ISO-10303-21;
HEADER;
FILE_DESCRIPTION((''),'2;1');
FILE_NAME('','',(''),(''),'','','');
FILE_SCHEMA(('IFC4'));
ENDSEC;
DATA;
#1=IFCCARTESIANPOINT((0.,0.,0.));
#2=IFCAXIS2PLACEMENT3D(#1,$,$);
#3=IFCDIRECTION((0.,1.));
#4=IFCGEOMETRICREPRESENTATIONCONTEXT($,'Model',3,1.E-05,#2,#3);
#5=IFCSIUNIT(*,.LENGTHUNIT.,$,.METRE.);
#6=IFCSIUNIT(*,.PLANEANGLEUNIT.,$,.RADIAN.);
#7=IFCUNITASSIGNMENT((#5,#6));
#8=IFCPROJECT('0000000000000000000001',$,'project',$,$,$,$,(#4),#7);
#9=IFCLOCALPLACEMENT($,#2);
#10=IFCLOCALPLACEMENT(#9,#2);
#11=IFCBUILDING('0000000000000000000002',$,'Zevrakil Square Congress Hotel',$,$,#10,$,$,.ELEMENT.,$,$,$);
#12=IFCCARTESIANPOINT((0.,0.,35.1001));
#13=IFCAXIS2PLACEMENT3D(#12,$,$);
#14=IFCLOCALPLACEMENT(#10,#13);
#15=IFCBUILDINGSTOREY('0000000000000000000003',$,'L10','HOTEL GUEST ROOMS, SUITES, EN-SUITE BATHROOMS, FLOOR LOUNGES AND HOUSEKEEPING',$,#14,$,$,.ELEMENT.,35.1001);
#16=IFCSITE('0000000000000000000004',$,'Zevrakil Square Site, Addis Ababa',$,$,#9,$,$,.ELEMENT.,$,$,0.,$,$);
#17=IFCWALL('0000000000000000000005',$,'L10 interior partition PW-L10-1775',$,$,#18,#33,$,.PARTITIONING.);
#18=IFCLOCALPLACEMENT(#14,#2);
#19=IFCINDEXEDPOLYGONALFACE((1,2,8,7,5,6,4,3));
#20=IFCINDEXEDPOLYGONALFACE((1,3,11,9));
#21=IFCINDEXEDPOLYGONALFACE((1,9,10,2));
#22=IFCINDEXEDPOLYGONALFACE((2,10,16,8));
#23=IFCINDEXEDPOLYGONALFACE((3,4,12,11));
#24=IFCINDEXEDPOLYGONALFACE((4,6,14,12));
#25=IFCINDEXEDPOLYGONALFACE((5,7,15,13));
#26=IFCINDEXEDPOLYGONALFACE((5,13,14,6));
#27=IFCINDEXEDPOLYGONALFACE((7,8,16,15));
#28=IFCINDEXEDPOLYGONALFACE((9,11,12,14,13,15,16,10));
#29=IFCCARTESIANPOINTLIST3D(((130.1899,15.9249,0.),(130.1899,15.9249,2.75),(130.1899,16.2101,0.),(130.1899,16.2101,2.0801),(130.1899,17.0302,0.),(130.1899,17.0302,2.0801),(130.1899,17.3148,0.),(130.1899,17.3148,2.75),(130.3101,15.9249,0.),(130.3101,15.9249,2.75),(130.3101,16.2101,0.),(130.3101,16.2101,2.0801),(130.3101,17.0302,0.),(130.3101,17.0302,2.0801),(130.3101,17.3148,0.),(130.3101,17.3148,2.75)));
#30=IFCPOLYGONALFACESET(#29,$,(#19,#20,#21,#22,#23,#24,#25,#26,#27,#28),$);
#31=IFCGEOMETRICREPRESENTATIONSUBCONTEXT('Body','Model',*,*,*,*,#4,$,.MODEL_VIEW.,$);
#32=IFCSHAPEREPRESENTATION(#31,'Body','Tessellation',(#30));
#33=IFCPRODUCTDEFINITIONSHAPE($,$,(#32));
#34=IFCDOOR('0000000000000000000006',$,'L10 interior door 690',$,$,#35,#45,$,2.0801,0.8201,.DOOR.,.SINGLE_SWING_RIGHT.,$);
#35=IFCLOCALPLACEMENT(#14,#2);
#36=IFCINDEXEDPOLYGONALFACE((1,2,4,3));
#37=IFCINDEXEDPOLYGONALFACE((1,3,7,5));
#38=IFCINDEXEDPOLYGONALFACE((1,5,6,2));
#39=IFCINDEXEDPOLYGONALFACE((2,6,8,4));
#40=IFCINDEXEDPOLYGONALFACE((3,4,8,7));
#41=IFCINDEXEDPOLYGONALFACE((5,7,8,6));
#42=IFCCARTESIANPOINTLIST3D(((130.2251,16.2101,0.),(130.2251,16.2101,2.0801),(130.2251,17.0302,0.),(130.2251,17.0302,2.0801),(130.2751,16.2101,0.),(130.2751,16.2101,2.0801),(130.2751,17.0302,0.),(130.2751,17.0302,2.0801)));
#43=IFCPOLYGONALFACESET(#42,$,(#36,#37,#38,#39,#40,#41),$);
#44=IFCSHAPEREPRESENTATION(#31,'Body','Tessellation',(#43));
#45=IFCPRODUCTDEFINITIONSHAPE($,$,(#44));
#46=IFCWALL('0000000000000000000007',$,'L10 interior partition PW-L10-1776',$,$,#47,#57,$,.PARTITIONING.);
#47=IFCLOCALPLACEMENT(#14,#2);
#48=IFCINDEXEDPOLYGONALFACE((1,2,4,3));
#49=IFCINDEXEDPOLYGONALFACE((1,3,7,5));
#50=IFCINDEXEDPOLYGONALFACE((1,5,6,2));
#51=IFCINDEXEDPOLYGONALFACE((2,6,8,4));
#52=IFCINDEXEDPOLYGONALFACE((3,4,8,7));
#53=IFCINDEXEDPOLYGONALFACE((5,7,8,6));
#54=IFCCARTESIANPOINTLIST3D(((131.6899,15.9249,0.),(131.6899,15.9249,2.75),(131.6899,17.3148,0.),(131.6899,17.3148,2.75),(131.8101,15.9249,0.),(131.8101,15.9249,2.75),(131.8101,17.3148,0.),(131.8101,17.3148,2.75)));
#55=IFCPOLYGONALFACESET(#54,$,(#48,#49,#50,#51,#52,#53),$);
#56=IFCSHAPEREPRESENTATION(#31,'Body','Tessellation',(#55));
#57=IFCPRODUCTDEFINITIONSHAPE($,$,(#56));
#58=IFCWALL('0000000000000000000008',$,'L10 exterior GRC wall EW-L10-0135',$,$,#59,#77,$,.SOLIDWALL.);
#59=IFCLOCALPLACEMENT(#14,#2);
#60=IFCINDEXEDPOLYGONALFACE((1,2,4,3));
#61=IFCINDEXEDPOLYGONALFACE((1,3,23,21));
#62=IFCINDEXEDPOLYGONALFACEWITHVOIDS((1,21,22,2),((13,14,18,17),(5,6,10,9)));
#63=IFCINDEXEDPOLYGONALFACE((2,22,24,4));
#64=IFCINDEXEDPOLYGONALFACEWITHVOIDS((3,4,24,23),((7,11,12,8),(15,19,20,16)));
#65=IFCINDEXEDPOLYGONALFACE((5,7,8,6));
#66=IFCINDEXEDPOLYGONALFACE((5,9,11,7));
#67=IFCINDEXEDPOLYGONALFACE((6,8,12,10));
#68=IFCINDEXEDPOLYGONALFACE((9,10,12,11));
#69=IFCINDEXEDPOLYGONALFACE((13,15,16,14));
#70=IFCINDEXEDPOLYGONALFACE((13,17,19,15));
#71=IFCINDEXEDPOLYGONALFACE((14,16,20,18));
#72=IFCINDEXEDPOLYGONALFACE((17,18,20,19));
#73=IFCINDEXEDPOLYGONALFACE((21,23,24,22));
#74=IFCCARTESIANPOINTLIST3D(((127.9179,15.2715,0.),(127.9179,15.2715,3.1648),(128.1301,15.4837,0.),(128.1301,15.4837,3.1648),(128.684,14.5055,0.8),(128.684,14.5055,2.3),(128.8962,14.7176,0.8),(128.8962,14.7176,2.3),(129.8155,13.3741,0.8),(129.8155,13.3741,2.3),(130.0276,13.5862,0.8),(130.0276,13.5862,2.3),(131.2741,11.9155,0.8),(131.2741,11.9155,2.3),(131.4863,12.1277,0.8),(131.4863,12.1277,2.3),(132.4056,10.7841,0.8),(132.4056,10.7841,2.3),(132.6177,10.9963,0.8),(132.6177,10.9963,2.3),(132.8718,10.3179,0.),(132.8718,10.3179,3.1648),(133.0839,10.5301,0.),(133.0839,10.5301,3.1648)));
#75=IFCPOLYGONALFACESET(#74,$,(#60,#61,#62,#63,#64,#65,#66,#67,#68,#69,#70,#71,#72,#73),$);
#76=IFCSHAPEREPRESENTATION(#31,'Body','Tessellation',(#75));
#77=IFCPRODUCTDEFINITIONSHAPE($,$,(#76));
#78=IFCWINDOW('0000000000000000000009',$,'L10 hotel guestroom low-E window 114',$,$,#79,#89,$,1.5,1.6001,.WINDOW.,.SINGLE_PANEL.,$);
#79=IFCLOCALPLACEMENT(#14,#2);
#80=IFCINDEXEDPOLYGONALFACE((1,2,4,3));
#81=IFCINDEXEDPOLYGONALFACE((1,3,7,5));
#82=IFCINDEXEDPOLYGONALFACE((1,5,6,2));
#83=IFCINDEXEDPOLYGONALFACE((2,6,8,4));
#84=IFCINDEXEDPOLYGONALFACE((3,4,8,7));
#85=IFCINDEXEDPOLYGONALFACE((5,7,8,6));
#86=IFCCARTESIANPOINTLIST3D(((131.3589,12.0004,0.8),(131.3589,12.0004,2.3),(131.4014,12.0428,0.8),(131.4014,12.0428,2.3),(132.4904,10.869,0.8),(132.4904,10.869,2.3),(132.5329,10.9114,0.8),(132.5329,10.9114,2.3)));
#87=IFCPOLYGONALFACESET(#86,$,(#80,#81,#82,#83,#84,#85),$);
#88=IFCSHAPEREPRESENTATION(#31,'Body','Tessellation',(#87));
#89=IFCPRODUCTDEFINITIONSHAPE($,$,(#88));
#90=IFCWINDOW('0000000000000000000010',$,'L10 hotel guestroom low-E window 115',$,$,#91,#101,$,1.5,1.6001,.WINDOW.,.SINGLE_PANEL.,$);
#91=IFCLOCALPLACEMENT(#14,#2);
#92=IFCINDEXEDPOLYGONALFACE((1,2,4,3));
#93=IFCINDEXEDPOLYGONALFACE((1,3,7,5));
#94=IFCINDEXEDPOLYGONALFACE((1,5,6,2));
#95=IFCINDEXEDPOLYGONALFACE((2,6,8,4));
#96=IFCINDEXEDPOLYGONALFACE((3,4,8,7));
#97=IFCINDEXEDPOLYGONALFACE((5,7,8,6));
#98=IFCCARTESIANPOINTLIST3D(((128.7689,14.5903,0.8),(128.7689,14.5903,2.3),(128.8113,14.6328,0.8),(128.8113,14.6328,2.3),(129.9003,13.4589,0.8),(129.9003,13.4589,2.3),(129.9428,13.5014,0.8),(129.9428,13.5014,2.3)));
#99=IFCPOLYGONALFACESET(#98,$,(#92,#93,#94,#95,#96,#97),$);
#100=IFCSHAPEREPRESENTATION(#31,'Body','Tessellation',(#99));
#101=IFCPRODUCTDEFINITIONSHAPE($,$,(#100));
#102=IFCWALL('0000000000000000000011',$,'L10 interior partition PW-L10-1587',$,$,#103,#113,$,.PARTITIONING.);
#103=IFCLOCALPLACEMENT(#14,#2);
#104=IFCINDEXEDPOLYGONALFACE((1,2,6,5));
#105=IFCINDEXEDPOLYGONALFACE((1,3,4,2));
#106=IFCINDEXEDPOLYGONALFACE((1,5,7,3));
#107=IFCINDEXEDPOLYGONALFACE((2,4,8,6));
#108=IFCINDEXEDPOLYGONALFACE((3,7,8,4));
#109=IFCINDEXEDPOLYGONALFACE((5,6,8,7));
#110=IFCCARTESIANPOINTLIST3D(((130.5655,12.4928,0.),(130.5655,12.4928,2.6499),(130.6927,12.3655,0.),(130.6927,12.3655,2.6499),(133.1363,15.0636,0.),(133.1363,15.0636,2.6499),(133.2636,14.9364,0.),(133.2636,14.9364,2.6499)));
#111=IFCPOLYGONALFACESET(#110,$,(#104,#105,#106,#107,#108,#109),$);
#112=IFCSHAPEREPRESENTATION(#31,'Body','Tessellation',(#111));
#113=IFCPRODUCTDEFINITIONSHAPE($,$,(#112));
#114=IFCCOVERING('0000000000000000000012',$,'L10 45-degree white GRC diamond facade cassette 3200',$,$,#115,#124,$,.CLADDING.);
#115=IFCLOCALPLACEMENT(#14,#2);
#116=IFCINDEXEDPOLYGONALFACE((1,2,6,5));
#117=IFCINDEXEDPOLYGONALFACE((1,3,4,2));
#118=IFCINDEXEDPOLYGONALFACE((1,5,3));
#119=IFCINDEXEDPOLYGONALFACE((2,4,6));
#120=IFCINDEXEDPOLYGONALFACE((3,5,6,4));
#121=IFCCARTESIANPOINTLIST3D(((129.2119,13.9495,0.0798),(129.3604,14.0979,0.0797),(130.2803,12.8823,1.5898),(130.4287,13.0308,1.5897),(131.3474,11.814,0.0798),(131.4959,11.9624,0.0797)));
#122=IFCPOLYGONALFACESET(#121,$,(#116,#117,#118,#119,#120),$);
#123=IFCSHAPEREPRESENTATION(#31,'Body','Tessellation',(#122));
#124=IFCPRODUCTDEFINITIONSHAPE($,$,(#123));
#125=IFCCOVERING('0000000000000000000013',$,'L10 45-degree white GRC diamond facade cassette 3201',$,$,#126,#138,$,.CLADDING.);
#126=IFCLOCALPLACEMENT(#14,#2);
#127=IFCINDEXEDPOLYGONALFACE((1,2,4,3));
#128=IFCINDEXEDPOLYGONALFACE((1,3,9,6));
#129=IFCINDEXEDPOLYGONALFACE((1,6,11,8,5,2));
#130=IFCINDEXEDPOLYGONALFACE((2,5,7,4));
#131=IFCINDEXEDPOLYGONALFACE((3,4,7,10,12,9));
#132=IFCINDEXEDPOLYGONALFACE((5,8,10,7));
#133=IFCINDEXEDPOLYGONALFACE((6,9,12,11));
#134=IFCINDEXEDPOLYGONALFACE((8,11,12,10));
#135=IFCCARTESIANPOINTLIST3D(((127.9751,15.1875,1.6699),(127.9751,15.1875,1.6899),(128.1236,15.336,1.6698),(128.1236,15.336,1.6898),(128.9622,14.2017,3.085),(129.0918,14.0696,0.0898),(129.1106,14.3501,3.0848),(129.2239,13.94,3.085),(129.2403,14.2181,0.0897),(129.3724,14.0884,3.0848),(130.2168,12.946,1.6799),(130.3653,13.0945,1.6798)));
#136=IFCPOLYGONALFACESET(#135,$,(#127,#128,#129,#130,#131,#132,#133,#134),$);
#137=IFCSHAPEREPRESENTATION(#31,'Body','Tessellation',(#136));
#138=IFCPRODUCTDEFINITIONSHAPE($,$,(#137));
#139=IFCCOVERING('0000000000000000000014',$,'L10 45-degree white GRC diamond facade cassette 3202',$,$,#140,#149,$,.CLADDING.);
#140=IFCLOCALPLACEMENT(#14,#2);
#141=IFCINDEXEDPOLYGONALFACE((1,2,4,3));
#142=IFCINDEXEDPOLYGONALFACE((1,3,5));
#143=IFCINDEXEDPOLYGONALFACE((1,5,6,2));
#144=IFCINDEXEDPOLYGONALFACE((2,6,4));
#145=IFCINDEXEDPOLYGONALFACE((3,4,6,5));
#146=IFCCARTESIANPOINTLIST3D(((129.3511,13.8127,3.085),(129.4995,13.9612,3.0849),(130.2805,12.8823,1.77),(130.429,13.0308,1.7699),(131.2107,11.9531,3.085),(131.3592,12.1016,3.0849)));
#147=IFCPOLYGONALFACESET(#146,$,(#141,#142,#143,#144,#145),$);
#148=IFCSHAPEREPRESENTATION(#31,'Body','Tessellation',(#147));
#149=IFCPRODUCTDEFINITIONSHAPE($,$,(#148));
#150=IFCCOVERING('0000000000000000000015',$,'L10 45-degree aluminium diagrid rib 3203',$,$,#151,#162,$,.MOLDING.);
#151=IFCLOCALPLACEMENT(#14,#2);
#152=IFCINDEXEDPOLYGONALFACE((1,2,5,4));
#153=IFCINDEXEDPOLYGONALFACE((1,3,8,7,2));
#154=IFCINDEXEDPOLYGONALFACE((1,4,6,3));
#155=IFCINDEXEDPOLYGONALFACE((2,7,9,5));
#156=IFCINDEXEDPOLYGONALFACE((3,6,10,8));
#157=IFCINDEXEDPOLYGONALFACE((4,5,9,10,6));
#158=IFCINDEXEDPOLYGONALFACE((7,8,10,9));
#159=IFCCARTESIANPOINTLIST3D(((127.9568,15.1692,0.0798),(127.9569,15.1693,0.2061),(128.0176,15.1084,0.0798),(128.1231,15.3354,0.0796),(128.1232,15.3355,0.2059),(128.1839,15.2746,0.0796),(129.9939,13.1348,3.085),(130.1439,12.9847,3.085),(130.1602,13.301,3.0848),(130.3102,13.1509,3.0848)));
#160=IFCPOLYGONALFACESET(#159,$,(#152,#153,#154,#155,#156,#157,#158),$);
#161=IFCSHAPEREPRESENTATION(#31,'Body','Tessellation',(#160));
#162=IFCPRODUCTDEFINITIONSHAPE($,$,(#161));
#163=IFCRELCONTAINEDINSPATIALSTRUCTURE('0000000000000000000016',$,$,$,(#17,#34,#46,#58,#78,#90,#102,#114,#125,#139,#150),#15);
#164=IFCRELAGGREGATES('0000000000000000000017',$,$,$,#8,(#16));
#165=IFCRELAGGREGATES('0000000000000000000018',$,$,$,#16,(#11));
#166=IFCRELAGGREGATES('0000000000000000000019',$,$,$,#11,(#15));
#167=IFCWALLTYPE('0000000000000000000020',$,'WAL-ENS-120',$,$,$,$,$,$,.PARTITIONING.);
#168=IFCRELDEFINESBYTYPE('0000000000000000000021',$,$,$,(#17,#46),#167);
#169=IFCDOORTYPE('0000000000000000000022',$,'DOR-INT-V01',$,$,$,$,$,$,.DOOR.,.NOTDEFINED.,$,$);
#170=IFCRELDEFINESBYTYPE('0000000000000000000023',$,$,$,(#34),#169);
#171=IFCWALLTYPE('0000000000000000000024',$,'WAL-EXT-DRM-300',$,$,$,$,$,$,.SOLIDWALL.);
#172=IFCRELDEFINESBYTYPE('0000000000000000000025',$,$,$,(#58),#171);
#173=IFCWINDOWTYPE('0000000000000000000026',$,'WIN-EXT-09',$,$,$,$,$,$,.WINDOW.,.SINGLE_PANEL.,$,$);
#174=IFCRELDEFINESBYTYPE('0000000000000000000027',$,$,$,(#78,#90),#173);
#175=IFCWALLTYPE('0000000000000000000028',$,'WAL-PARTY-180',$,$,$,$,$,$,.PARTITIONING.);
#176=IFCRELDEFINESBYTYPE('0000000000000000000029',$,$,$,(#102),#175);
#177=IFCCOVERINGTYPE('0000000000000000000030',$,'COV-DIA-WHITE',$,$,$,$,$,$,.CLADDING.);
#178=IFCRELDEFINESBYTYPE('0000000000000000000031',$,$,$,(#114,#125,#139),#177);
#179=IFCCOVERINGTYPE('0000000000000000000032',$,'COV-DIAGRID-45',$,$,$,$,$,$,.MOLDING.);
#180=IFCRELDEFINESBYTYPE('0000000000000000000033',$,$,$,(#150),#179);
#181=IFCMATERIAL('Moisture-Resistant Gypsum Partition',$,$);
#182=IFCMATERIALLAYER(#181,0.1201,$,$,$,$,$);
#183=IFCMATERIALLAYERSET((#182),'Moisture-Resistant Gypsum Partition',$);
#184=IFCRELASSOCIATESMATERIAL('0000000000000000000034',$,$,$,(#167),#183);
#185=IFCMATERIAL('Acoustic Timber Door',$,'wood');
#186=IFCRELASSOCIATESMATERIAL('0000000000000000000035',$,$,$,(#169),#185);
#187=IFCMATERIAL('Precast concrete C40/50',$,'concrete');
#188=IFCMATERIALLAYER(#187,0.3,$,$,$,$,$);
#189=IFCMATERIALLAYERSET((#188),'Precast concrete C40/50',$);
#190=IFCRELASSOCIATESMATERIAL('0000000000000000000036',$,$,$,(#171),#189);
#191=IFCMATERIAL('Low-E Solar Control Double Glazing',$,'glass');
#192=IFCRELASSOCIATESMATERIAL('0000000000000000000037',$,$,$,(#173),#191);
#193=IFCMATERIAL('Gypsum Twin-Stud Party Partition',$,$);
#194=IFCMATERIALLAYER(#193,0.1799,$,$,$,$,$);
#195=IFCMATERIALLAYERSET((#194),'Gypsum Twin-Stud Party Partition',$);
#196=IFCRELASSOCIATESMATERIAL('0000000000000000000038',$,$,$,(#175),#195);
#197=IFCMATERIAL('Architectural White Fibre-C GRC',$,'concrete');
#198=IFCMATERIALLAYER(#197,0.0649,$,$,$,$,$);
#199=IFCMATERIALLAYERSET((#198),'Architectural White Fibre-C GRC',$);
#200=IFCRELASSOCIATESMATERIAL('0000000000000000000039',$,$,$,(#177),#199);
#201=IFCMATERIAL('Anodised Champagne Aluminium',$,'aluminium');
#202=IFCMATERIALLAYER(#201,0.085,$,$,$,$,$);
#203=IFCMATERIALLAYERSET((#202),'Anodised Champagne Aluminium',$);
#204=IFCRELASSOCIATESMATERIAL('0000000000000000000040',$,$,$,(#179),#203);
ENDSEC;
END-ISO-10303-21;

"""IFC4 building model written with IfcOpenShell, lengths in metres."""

from ifc_helpers import new_model, si_unit, direction, frame, frame_2d, origin, place, context, subcontext, project, spatial, polyline, rectangle, outline, extrude, material, layer, layer_set, type_object, element, fill, save


model = new_model("IFC4")

# Units and contexts
model_context = context("Model", 3, precision=1e-05, world=origin(), true_north=direction((0.0, 1.0)))
body_context = subcontext(model_context, "Body", "Model", "MODEL_VIEW")
ifc_project = project(units=[si_unit("LENGTHUNIT", "METRE"), si_unit("PLANEANGLEUNIT", "RADIAN")], contexts=[model_context])

# Site, building, storey
site_placement = place(None, origin())
site = spatial("IfcSite", under=ifc_project, at=site_placement, Name="Zevrakil Square Site, Addis Ababa", CompositionType="ELEMENT", RefElevation=0.0)
building_placement = place(site_placement, origin())
building = spatial("IfcBuilding", under=site, at=building_placement, Name="Zevrakil Square Congress Hotel", CompositionType="ELEMENT")
storey_placement = place(building_placement, frame((0.0, 0.0, 35.1001)))
storey = spatial("IfcBuildingStorey", under=building, at=storey_placement, Name="L10", Description="HOTEL GUEST ROOMS, SUITES, EN-SUITE BATHROOMS, FLOOR LOUNGES AND HOUSEKEEPING", CompositionType="ELEMENT", Elevation=35.1001)

# Shared definitions
ifc_material_1 = material(Name="Moisture-Resistant Gypsum Partition")
ifc_layer_1 = layer(ifc_material_1, 0.1201)
ifc_layer_set_1 = layer_set([ifc_layer_1], Name="Moisture-Resistant Gypsum Partition")
wall_type_1 = type_object("IfcWallType", Name="WAL-ENS-120", PredefinedType="PARTITIONING", material=ifc_layer_set_1)

# Wall, opening, door
wall_1_placement = place(storey_placement, frame((130.25, 15.925, 0.0), z_axis=(0.0, 0.0, 1.0), x_axis=(0.0, 1.0, 0.0)))
wall_1 = element("IfcWall", 1, at=wall_1_placement, inside=storey, type_object=wall_type_1, Name="L10 interior partition PW-L10-1775", PredefinedType="PARTITIONING", context=body_context, shape_type="SweptSolid", body=[
    extrude(rectangle(XDim=1.3899, YDim=0.1201, at=frame_2d((0.6948, 0.0))), origin(), (0.0, 0.0, 1.0), 2.75),
])
opening_1_placement = place(wall_1_placement, frame((0.2849, 0.0, 0.0)))
opening_1 = element("IfcOpeningElement", 2, at=opening_1_placement, cuts=wall_1, PredefinedType="OPENING", context=body_context, shape_type="SweptSolid", body=[
    extrude(rectangle(XDim=0.8201, YDim=2.0801, at=frame_2d((0.4102, 1.04))), frame((0.0, 0.0701, 0.0), z_axis=(0.0, -1.0, 0.0), x_axis=(1.0, 0.0, 0.0)), (0.0, 0.0, 1.0), 0.1401),
])
ifc_material_2 = material(Name="Acoustic Timber Door", Category="wood")
door_type_1 = type_object("IfcDoorType", Name="DOR-INT-V01", OperationType="NOTDEFINED", PredefinedType="DOOR", material=ifc_material_2)
door_1_placement = place(opening_1_placement, origin())
door_1 = element("IfcDoor", 3, at=door_1_placement, inside=storey, type_object=door_type_1, Name="L10 interior door 690", OperationType="SINGLE_SWING_RIGHT", OverallHeight=2.0801, OverallWidth=0.8201, PredefinedType="DOOR", context=body_context, shape_type="SweptSolid", body=[
    extrude(rectangle(XDim=0.8201, YDim=2.0801, at=frame_2d((0.4102, 1.04))), frame((0.0, 0.0249, 0.0), z_axis=(0.0, -1.0, 0.0), x_axis=(1.0, 0.0, 0.0)), (0.0, 0.0, 1.0), 0.05),
])
fill(opening_1, door_1)

# Wall
wall_2_placement = place(storey_placement, frame((131.75, 15.925, 0.0), z_axis=(0.0, 0.0, 1.0), x_axis=(0.0, 1.0, 0.0)))
element("IfcWall", 4, at=wall_2_placement, inside=storey, type_object=wall_type_1, Name="L10 interior partition PW-L10-1776", PredefinedType="PARTITIONING", context=body_context, shape_type="SweptSolid", body=[
    extrude(rectangle(XDim=1.3899, YDim=0.1201, at=frame_2d((0.6948, 0.0))), origin(), (0.0, 0.0, 1.0), 2.75),
])

# Wall, openings, windows
ifc_material_3 = material(Name="Precast concrete C40/50", Category="concrete")
ifc_layer_2 = layer(ifc_material_3, 0.3)
ifc_layer_set_2 = layer_set([ifc_layer_2], Name="Precast concrete C40/50")
wall_type_2 = type_object("IfcWallType", Name="WAL-EXT-DRM-300", PredefinedType="SOLIDWALL", material=ifc_layer_set_2)
wall_3_placement = place(storey_placement, frame((128.0239, 15.3777, 0.0), z_axis=(0.0, 0.0, 1.0), x_axis=(0.707124, -0.707089, 0.0)))
wall_3 = element("IfcWall", 5, at=wall_3_placement, inside=storey, type_object=wall_type_2, Name="L10 exterior GRC wall EW-L10-0135", PredefinedType="SOLIDWALL", context=body_context, shape_type="SweptSolid", body=[
    extrude(rectangle(XDim=7.0056, YDim=0.3, at=frame_2d((3.5029, 0.0))), origin(), (0.0, 0.0, 1.0), 3.1648),
])
opening_2_placement = place(wall_3_placement, frame((4.7463, 0.0, 0.8)))
opening_2 = element("IfcOpeningElement", 6, at=opening_2_placement, cuts=wall_3, PredefinedType="OPENING", context=body_context, shape_type="SweptSolid", body=[
    extrude(rectangle(XDim=1.6001, YDim=1.5, at=frame_2d((0.8, 0.75))), frame((0.0, 0.1602, 0.0), z_axis=(0.0, -1.0, 0.0), x_axis=(1.0, 0.0, 0.0)), (0.0, 0.0, 1.0), 0.3201),
])
opening_3_placement = place(wall_3_placement, frame((1.0835, 0.0, 0.8)))
opening_3 = element("IfcOpeningElement", 7, at=opening_3_placement, cuts=wall_3, PredefinedType="OPENING", context=body_context, shape_type="SweptSolid", body=[
    extrude(rectangle(XDim=1.6001, YDim=1.5, at=frame_2d((0.8, 0.75))), frame((0.0, 0.1602, 0.0), z_axis=(0.0, -1.0, 0.0), x_axis=(1.0, 0.0, 0.0)), (0.0, 0.0, 1.0), 0.3201),
])
ifc_material_4 = material(Name="Low-E Solar Control Double Glazing", Category="glass")
window_type = type_object("IfcWindowType", Name="WIN-EXT-09", PartitioningType="SINGLE_PANEL", PredefinedType="WINDOW", material=ifc_material_4)
window_1_placement = place(opening_2_placement, origin())
window_1 = element("IfcWindow", 8, at=window_1_placement, inside=storey, type_object=window_type, Name="L10 hotel guestroom low-E window 114", OverallHeight=1.5, OverallWidth=1.6001, PartitioningType="SINGLE_PANEL", PredefinedType="WINDOW", context=body_context, shape_type="SweptSolid", body=[
    extrude(rectangle(XDim=1.6001, YDim=1.5, at=frame_2d((0.8, 0.75))), frame((0.0, 0.03, 0.0), z_axis=(0.0, -1.0, 0.0), x_axis=(1.0, 0.0, 0.0)), (0.0, 0.0, 1.0), 0.0601),
])
fill(opening_2, window_1)
window_2_placement = place(opening_3_placement, origin())
window_2 = element("IfcWindow", 9, at=window_2_placement, inside=storey, type_object=window_type, Name="L10 hotel guestroom low-E window 115", OverallHeight=1.5, OverallWidth=1.6001, PartitioningType="SINGLE_PANEL", PredefinedType="WINDOW", context=body_context, shape_type="SweptSolid", body=[
    extrude(rectangle(XDim=1.6001, YDim=1.5, at=frame_2d((0.8, 0.75))), frame((0.0, 0.03, 0.0), z_axis=(0.0, -1.0, 0.0), x_axis=(1.0, 0.0, 0.0)), (0.0, 0.0, 1.0), 0.0601),
])
fill(opening_3, window_2)

# Wall
ifc_material_5 = material(Name="Gypsum Twin-Stud Party Partition")
ifc_layer_3 = layer(ifc_material_5, 0.1799)
ifc_layer_set_3 = layer_set([ifc_layer_3], Name="Gypsum Twin-Stud Party Partition")
wall_type_3 = type_object("IfcWallType", Name="WAL-PARTY-180", PredefinedType="PARTITIONING", material=ifc_layer_set_3)
wall_4_placement = place(storey_placement, frame((133.2, 15.0, 0.0), z_axis=(0.0, 0.0, 1.0), x_axis=(-0.707107, -0.707107, 0.0)))
element("IfcWall", 10, at=wall_4_placement, inside=storey, type_object=wall_type_3, Name="L10 interior partition PW-L10-1587", PredefinedType="PARTITIONING", context=body_context, shape_type="SweptSolid", body=[
    extrude(rectangle(XDim=3.6357, YDim=0.1799, at=frame_2d((1.8179, 0.0))), origin(), (0.0, 0.0, 1.0), 2.6499),
])

# Coverings
ifc_material_6 = material(Name="Architectural White Fibre-C GRC", Category="concrete")
ifc_layer_4 = layer(ifc_material_6, 0.0649)
ifc_layer_set_4 = layer_set([ifc_layer_4], Name="Architectural White Fibre-C GRC")
covering_type_1 = type_object("IfcCoveringType", Name="COV-DIA-WHITE", PredefinedType="CLADDING", material=ifc_layer_set_4)
covering_1_placement = place(storey_placement, frame((130.2803, 12.8823, 1.5898), z_axis=(-0.707107, -0.707107, 0.000572), x_axis=(0.499717, -0.500288, -0.707103)))
element("IfcCovering", 11, at=covering_1_placement, inside=storey, type_object=covering_type_1, Name="L10 45-degree white GRC diamond facade cassette 3200", PredefinedType="CLADDING", context=body_context, shape_type="SweptSolid", body=[
    extrude(outline(polyline([(0.0, 0.0), (2.1355, 0.0), (0.0, -2.1355), (0.0, 0.0)])), origin(), (0.0, 0.0, -1.0), 0.21),
])
covering_2_placement = place(storey_placement, frame((130.2168, 12.946, 1.6799), z_axis=(-0.70707, -0.707143, 0.000573), x_axis=(-0.500291, 0.499666, -0.707136)))
element("IfcCovering", 12, at=covering_2_placement, inside=storey, type_object=covering_type_1, Name="L10 45-degree white GRC diamond facade cassette 3201", PredefinedType="CLADDING", context=body_context, shape_type="SweptSolid", body=[
    extrude(outline(polyline([(0.0, 0.0), (2.2486, 0.0), (2.2486, -2.2346), (2.2344, -2.2487), (0.2615, -2.2486), (-0.0002, -1.9869), (0.0, 0.0)])), origin(), (0.0, 0.0, -1.0), 0.21),
])
covering_3_placement = place(storey_placement, frame((130.2805, 12.8823, 1.77), z_axis=(-0.707107, -0.707107, 0.000525), x_axis=(-0.499772, 0.500297, 0.707058)))
element("IfcCovering", 13, at=covering_3_placement, inside=storey, type_object=covering_type_1, Name="L10 45-degree white GRC diamond facade cassette 3202", PredefinedType="CLADDING", context=body_context, shape_type="SweptSolid", body=[
    extrude(outline(polyline([(0.0, 0.0), (1.8597, 0.0), (0.0, -1.8595), (0.0, 0.0)])), origin(), (0.0, 0.0, -1.0), 0.21),
])
ifc_material_7 = material(Name="Anodised Champagne Aluminium", Category="aluminium")
ifc_layer_5 = layer(ifc_material_7, 0.085)
ifc_layer_set_5 = layer_set([ifc_layer_5], Name="Anodised Champagne Aluminium")
covering_type_2 = type_object("IfcCoveringType", Name="COV-DIAGRID-45", PredefinedType="MOLDING", material=ifc_layer_set_5)
covering_4_placement = place(storey_placement, frame((128.0176, 15.1084, 0.0798), z_axis=(-0.707263, -0.70695, 0.000832), x_axis=(-0.70695, 0.707263, 0.0)))
element("IfcCovering", 14, at=covering_4_placement, inside=storey, type_object=covering_type_2, Name="L10 45-degree aluminium diagrid rib 3203", PredefinedType="MOLDING", context=body_context, shape_type="SweptSolid", body=[
    extrude(outline(polyline([(0.0, 0.0), (0.086, 0.0), (0.086, -0.1262), (-2.793, -3.0051), (-3.0052, -3.0051), (0.0, 0.0)])), origin(), (0.0, 0.0, -1.0), 0.2351),
])

save(model, "model.ifc")
